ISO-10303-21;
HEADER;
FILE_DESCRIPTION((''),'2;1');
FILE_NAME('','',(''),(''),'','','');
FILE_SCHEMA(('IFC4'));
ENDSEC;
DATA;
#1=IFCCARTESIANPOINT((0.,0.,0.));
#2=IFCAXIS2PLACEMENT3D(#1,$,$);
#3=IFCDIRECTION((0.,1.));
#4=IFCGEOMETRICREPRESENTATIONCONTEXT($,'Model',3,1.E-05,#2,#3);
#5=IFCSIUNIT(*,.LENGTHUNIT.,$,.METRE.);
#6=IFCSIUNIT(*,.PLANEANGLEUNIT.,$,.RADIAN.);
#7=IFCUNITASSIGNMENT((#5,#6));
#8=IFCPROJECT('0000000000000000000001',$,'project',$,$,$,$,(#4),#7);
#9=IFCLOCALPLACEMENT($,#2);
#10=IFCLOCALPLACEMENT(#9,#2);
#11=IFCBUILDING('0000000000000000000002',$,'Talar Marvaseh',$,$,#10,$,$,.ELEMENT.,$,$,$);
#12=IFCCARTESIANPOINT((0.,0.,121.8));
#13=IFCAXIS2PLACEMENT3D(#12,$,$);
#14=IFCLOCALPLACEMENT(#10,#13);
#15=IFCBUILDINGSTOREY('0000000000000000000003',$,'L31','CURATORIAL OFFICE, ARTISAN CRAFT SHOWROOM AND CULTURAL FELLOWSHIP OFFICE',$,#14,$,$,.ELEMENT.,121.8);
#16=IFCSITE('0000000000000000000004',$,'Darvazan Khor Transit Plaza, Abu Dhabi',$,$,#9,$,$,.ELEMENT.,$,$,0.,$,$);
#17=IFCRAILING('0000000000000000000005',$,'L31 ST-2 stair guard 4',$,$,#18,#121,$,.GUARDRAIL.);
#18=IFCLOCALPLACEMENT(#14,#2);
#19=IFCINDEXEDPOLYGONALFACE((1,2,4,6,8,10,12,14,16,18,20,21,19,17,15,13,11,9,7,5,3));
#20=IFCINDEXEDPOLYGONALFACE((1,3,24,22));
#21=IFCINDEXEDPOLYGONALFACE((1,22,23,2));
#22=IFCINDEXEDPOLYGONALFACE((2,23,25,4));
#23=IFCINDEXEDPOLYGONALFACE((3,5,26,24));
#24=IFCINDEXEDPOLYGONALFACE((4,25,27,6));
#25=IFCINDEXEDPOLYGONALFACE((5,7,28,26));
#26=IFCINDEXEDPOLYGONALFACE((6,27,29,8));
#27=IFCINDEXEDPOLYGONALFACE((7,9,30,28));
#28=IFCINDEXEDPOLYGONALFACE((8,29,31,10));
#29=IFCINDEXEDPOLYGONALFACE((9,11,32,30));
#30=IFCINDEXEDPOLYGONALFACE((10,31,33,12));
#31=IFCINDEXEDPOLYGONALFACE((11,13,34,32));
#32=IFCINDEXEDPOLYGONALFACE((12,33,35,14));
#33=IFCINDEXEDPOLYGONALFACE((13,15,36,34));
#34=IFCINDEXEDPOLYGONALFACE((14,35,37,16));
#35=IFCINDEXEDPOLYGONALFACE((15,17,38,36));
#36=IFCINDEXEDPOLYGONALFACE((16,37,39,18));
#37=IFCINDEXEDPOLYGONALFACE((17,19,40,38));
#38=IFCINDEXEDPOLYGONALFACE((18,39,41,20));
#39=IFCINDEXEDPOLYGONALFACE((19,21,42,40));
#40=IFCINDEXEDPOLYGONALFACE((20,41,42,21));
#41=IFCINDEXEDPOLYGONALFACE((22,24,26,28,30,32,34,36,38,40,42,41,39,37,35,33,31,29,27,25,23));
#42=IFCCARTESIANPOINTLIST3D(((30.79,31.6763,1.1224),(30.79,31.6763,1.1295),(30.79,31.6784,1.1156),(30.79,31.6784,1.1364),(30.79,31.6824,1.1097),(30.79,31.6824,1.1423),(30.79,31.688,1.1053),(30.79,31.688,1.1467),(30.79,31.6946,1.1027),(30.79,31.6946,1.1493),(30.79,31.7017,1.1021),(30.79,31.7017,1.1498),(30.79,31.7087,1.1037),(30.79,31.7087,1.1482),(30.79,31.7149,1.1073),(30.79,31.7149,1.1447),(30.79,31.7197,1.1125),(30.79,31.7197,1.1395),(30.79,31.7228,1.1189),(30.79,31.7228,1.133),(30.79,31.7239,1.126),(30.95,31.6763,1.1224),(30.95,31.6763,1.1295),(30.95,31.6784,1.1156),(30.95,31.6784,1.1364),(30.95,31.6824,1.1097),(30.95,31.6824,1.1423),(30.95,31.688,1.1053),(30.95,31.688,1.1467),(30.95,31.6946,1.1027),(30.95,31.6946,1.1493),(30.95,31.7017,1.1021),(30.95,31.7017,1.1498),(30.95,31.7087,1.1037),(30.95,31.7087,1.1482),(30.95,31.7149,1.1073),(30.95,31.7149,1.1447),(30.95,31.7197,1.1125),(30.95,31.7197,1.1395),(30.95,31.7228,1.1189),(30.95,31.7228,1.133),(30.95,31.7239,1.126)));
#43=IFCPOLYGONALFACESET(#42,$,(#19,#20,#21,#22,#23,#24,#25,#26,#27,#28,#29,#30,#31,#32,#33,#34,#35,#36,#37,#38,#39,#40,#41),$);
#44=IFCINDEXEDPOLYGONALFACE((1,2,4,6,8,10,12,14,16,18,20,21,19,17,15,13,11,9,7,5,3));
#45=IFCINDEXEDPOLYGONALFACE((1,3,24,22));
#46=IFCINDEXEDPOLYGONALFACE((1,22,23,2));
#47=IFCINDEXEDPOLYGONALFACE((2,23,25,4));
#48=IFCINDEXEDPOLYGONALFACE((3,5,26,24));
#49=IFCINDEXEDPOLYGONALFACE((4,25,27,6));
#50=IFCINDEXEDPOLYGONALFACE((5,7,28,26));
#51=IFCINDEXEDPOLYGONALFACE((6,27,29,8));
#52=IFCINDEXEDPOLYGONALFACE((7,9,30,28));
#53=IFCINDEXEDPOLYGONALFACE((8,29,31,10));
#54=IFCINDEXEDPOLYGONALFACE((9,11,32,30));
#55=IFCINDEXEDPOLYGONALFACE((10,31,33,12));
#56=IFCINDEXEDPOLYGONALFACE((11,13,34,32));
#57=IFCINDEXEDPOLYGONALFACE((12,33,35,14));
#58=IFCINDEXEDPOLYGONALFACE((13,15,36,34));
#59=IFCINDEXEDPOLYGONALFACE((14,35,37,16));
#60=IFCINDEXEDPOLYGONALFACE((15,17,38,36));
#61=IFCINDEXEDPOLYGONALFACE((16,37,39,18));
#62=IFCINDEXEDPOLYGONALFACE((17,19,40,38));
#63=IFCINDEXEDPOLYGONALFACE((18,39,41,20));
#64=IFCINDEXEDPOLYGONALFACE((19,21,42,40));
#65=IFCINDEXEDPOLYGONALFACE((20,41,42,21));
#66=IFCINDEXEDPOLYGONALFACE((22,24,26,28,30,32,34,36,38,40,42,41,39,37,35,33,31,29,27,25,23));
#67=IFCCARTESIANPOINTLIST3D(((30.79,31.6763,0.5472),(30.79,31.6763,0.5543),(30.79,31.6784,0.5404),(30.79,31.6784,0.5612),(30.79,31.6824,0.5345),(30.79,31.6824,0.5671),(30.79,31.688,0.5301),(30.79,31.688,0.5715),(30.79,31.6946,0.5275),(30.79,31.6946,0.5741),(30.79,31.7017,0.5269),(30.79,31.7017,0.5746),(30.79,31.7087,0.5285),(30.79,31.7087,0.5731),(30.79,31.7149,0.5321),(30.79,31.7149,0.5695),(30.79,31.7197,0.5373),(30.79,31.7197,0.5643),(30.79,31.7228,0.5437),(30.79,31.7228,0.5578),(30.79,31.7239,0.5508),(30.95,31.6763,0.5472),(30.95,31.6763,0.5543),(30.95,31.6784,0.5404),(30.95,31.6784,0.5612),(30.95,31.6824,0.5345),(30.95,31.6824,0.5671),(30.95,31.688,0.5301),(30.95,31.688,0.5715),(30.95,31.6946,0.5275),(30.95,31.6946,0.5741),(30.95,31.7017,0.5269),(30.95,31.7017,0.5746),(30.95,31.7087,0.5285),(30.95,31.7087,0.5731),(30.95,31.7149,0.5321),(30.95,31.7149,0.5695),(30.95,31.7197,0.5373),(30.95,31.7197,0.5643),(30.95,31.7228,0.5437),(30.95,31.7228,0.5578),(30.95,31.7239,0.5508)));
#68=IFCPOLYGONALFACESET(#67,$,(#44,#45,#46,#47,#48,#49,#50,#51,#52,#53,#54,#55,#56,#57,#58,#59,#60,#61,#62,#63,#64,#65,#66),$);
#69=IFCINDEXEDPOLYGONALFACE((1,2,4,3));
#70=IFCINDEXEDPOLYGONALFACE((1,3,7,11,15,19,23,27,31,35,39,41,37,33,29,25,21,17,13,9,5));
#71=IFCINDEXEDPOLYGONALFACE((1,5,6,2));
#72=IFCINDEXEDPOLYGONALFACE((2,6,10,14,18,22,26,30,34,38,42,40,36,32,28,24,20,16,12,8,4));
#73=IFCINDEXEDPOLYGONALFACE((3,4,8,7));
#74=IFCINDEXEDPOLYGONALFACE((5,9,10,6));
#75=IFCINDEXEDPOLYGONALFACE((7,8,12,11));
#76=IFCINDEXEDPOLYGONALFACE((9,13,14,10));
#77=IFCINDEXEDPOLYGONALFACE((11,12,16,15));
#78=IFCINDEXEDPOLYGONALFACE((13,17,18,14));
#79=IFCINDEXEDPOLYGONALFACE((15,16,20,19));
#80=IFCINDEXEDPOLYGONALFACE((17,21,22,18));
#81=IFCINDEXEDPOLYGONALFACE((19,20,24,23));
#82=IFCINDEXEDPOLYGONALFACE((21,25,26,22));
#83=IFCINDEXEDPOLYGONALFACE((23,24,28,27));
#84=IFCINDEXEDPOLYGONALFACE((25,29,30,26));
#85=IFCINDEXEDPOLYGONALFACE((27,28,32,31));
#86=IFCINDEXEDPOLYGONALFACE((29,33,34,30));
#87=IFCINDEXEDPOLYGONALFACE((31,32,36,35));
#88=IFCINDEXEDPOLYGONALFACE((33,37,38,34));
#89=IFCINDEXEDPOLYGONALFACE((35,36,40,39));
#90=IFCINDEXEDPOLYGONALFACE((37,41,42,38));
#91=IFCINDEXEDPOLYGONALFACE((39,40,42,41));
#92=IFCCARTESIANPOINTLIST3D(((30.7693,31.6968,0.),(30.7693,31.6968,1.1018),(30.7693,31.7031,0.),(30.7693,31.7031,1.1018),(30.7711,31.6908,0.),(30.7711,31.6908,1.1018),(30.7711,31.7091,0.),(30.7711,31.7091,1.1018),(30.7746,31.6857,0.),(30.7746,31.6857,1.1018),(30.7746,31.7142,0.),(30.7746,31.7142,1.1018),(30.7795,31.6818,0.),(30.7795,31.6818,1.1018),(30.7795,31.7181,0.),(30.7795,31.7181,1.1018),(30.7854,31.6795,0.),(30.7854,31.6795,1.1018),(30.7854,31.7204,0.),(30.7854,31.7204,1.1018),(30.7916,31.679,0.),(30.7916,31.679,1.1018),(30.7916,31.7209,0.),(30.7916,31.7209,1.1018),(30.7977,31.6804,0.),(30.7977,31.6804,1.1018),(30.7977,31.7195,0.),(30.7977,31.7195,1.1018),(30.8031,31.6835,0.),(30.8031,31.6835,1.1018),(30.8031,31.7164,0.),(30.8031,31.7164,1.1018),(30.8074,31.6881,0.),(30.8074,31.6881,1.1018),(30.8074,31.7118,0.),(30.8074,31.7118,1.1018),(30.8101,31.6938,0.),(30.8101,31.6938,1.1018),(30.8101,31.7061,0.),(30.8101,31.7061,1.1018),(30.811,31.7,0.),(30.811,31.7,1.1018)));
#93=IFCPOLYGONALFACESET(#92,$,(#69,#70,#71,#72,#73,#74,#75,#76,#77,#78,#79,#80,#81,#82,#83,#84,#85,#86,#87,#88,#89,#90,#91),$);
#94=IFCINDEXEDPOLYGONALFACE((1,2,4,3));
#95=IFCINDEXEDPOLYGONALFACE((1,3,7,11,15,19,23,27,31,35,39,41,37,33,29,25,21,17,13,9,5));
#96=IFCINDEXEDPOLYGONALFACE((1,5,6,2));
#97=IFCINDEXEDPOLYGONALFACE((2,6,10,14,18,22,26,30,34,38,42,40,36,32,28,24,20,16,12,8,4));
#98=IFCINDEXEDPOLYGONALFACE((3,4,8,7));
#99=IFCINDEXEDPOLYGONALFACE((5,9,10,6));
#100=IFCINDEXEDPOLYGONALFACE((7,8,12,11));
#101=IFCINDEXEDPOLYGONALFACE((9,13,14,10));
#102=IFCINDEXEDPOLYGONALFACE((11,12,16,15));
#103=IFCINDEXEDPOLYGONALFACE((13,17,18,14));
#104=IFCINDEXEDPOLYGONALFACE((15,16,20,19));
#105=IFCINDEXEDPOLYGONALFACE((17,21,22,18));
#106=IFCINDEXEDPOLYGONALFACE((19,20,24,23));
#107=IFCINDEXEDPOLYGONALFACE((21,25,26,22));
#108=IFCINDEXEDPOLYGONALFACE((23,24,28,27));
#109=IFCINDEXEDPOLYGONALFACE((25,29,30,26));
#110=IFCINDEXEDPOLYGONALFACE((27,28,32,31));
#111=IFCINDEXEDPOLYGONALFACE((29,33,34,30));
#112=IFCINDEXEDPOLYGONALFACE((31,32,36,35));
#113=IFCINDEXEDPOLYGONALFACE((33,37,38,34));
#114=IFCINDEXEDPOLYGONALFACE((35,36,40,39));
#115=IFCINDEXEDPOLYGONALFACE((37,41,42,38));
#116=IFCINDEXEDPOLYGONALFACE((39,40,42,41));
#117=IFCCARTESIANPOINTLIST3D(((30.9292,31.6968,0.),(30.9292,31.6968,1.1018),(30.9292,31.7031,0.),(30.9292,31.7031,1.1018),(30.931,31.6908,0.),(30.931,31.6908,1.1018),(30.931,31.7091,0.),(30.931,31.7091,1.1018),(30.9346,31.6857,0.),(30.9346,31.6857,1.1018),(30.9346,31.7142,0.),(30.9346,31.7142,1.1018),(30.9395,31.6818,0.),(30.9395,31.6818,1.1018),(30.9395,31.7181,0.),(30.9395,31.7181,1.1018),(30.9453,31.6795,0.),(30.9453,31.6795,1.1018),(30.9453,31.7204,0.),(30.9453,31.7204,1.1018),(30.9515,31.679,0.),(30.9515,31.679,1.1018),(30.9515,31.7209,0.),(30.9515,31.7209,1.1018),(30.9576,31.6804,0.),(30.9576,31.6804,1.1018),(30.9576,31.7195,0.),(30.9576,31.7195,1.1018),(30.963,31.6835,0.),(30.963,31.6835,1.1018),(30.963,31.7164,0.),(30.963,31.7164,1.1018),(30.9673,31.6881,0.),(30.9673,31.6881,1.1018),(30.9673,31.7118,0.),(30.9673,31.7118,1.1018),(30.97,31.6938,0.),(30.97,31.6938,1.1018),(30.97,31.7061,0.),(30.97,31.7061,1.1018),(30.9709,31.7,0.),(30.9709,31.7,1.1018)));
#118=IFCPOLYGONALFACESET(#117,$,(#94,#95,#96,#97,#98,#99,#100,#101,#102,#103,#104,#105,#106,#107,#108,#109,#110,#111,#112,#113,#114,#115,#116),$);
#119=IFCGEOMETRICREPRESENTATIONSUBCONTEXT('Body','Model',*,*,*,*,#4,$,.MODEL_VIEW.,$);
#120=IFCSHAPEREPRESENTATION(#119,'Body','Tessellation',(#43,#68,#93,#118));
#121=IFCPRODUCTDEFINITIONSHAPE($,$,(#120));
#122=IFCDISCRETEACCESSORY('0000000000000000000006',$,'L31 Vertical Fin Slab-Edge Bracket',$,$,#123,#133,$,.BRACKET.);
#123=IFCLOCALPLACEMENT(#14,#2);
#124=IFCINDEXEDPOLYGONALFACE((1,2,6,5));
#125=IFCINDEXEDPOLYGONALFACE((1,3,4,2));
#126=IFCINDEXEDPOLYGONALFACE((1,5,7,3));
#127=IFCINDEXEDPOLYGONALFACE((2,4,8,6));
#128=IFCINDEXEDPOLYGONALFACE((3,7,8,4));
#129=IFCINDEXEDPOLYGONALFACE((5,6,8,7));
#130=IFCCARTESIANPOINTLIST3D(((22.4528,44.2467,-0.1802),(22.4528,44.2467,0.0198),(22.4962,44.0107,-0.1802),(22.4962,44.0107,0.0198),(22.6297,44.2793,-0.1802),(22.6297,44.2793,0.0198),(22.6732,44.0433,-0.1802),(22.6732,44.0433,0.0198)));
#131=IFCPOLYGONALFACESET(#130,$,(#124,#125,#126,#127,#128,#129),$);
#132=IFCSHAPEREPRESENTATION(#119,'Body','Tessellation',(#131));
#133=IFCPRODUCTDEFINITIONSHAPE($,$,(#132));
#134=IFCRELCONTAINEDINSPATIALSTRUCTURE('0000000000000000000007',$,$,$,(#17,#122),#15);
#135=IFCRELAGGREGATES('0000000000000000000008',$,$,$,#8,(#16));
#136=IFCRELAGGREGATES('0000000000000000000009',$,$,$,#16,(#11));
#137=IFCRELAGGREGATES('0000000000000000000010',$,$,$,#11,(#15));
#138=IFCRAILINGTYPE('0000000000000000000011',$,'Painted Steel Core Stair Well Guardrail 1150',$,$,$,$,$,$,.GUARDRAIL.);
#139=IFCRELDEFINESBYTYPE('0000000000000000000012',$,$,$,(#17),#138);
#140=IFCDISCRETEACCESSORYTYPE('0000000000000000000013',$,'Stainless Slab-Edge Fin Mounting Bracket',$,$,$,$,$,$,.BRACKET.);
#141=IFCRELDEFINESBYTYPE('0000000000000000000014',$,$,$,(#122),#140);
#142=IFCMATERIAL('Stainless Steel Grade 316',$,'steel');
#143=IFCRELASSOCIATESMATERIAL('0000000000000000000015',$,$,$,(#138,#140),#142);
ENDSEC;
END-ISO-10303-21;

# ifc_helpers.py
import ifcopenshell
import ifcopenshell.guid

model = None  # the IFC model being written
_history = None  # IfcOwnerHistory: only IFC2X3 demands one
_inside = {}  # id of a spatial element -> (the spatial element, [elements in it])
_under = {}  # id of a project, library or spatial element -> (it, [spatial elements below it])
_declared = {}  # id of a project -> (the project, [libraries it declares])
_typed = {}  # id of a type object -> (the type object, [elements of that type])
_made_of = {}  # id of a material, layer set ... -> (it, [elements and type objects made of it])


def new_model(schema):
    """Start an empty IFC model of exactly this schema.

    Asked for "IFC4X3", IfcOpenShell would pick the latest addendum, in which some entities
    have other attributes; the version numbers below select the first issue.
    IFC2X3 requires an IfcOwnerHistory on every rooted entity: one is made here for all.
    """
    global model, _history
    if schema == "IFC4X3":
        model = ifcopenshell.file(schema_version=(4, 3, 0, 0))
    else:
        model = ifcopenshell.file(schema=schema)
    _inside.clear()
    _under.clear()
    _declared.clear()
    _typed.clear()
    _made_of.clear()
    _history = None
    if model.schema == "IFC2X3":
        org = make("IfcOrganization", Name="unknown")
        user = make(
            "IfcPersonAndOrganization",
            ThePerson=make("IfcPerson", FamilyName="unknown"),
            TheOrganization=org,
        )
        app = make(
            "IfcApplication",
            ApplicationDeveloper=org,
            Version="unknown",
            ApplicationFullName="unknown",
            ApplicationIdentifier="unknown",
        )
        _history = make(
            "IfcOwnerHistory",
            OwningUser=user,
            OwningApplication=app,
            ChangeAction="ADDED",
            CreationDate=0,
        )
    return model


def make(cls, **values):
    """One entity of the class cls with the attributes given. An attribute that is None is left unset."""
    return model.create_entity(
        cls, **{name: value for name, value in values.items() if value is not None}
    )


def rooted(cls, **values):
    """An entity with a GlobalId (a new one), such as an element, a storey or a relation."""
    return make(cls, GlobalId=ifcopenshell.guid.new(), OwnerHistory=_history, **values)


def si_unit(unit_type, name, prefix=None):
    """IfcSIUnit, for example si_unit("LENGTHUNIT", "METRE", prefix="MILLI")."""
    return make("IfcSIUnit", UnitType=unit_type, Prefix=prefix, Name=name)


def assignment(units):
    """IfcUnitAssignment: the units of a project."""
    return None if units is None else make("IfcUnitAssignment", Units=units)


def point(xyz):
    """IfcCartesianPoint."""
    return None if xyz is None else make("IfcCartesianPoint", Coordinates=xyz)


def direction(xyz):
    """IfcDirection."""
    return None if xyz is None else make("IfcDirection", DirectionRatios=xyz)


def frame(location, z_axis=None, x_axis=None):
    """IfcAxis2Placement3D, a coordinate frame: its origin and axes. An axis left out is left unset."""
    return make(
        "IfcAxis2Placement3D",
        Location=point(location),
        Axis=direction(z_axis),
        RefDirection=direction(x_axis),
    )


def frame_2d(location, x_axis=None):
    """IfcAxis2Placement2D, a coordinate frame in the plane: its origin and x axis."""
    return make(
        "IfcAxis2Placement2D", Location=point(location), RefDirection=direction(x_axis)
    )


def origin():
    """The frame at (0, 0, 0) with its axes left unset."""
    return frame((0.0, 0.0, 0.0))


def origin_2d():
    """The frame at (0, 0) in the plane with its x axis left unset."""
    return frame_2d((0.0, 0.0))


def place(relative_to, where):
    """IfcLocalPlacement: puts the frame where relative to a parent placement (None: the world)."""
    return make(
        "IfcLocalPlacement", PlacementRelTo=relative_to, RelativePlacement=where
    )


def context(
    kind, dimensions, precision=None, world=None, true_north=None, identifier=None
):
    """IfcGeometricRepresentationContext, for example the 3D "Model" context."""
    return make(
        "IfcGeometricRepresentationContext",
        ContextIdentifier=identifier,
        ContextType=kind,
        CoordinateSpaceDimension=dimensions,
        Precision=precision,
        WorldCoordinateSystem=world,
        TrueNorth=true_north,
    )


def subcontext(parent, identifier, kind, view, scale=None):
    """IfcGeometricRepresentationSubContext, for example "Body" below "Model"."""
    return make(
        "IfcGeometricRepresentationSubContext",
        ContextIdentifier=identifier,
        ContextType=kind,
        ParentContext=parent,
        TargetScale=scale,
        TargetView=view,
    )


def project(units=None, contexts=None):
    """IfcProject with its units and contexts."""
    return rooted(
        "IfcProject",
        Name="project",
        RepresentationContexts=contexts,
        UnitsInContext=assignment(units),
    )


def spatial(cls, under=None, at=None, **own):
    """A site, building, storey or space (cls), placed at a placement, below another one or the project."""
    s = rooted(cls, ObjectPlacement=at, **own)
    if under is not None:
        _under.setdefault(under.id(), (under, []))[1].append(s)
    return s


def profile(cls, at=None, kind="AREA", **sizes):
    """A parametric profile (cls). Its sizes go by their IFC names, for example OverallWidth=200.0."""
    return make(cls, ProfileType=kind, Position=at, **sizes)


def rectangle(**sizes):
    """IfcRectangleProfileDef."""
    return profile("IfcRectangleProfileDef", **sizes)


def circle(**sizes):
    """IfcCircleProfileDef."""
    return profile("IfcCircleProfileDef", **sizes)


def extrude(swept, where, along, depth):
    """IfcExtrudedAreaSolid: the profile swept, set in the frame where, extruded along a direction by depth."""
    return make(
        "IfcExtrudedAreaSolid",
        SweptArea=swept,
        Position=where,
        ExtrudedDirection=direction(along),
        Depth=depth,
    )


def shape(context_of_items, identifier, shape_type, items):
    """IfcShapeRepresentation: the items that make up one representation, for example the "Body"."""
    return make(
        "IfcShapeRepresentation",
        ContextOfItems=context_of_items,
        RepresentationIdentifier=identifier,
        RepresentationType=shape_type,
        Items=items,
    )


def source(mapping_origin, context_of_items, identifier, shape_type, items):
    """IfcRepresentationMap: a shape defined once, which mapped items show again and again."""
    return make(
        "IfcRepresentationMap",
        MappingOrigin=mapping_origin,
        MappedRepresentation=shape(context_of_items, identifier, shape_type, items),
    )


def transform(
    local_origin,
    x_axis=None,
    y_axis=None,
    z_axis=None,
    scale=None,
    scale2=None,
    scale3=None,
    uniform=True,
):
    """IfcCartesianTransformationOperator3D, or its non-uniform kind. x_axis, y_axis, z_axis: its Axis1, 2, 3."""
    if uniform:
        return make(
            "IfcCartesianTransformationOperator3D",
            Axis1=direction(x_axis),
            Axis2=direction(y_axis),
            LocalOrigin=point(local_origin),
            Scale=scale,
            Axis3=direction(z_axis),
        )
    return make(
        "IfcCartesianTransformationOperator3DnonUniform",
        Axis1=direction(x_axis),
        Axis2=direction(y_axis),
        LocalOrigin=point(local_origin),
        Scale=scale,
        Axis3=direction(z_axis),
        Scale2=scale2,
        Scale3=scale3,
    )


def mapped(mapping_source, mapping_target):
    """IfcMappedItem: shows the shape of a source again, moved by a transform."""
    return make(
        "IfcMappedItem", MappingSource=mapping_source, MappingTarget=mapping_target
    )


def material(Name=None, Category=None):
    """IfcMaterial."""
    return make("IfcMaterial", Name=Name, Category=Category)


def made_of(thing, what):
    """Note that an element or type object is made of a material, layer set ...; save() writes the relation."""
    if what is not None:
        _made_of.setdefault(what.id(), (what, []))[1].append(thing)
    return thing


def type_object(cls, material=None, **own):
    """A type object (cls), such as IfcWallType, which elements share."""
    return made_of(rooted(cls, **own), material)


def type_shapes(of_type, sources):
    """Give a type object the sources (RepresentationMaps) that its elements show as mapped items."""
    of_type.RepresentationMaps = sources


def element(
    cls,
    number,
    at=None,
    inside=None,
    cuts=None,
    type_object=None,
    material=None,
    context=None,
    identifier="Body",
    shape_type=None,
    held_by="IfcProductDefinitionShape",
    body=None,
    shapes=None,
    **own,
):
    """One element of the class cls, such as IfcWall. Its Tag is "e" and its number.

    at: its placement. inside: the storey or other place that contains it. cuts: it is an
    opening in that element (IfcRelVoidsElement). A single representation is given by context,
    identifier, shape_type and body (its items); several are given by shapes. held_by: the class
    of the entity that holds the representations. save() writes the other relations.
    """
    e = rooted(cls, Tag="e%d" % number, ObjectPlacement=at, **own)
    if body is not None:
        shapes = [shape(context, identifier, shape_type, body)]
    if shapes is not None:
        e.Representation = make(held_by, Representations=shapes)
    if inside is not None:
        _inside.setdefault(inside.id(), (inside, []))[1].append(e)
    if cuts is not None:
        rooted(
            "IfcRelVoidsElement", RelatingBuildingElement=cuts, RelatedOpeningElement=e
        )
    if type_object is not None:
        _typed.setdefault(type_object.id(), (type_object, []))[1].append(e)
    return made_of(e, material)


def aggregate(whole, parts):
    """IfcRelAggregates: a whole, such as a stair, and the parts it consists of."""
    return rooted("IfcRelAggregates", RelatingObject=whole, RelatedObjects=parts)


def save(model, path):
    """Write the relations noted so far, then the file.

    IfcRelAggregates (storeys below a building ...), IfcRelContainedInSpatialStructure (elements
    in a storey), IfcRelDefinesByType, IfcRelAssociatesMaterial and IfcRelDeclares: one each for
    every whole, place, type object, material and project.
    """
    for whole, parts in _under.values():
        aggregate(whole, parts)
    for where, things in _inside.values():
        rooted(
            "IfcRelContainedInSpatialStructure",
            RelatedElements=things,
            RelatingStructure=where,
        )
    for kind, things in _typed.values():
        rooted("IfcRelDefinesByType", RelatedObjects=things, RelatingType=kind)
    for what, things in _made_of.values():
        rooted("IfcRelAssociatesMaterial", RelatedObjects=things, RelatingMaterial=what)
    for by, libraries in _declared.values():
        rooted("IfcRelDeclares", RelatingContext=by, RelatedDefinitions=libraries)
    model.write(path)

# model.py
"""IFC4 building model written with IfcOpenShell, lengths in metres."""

from ifc_helpers import new_model, si_unit, direction, frame, origin, origin_2d, place, context, subcontext, project, spatial, rectangle, circle, extrude, source, transform, mapped, material, type_object, type_shapes, element, save


model = new_model("IFC4")

# Units and contexts
model_context = context("Model", 3, precision=1e-05, world=origin(), true_north=direction((0.0, 1.0)))
body_context = subcontext(model_context, "Body", "Model", "MODEL_VIEW")
ifc_project = project(units=[si_unit("LENGTHUNIT", "METRE"), si_unit("PLANEANGLEUNIT", "RADIAN")], contexts=[model_context])

# Site, building, storey
site_placement = place(None, origin())
site = spatial("IfcSite", under=ifc_project, at=site_placement, Name="Darvazan Khor Transit Plaza, Abu Dhabi", CompositionType="ELEMENT", RefElevation=0.0)
building_placement = place(site_placement, origin())
building = spatial("IfcBuilding", under=site, at=building_placement, Name="Talar Marvaseh", CompositionType="ELEMENT")
storey_placement = place(building_placement, frame((0.0, 0.0, 121.8)))
storey = spatial("IfcBuildingStorey", under=building, at=storey_placement, Name="L31", Description="CURATORIAL OFFICE, ARTISAN CRAFT SHOWROOM AND CULTURAL FELLOWSHIP OFFICE", CompositionType="ELEMENT", Elevation=121.8)

# Shared definitions
ifc_material_1 = material(Name="Stainless Steel Grade 316", Category="steel")

# Railing
railing_type_1 = type_object("IfcRailingType", Name="Painted Steel Core Stair Well Guardrail 1150", PredefinedType="GUARDRAIL", material=ifc_material_1)
railing_1_placement = place(storey_placement, frame((30.79, 31.7, 0.0)))
element("IfcRailing", 1, at=railing_1_placement, inside=storey, type_object=railing_type_1, Name="L31 ST-2 stair guard 4", PredefinedType="GUARDRAIL", context=body_context, shape_type="SweptSolid", body=[
    extrude(circle(Radius=0.0239, at=origin_2d()), frame((0.0, 0.0, 1.126), z_axis=(1.0, 0.0, 0.0), x_axis=(0.0, 1.0, 0.0)), (0.0, 0.0, 1.0), 0.1599),
    extrude(circle(Radius=0.0239, at=origin_2d()), frame((0.0, 0.0, 0.5508), z_axis=(1.0, 0.0, 0.0), x_axis=(0.0, 1.0, 0.0)), (0.0, 0.0, 1.0), 0.1599),
    extrude(circle(Radius=0.021, at=origin_2d()), origin(), (0.0, 0.0, 1.0), 1.1018),
    extrude(circle(Radius=0.021, at=origin_2d()), frame((0.1599, 0.0, 0.0)), (0.0, 0.0, 1.0), 1.1018),
])

# Discrete accessory
discrete_accessory_type = type_object("IfcDiscreteAccessoryType", Name="Stainless Slab-Edge Fin Mounting Bracket", PredefinedType="BRACKET", material=ifc_material_1)
shared_shape_1 = source(origin(), body_context, "Body", "SweptSolid", [
    extrude(rectangle(XDim=0.24, YDim=0.1799, at=origin_2d()), origin(), (0.0, 0.0, 1.0), 0.2),
])
type_shapes(discrete_accessory_type, [shared_shape_1])
discrete_accessory_placement = place(storey_placement, frame((22.563, 44.145, -0.1802), z_axis=(0.0, 0.0, 1.0), x_axis=(-0.181034, 0.983477, 0.0)))
element("IfcDiscreteAccessory", 2, at=discrete_accessory_placement, inside=storey, type_object=discrete_accessory_type, Name="L31 Vertical Fin Slab-Edge Bracket", PredefinedType="BRACKET", context=body_context, shape_type="MappedRepresentation", body=[
    mapped(shared_shape_1, transform((0.0, 0.0, 0.0), x_axis=(1.0, 0.0, 0.0), y_axis=(0.0, 1.0, 0.0), z_axis=(0.0, 0.0, 1.0), scale=1.0)),
])

save(model, "model.ifc")
